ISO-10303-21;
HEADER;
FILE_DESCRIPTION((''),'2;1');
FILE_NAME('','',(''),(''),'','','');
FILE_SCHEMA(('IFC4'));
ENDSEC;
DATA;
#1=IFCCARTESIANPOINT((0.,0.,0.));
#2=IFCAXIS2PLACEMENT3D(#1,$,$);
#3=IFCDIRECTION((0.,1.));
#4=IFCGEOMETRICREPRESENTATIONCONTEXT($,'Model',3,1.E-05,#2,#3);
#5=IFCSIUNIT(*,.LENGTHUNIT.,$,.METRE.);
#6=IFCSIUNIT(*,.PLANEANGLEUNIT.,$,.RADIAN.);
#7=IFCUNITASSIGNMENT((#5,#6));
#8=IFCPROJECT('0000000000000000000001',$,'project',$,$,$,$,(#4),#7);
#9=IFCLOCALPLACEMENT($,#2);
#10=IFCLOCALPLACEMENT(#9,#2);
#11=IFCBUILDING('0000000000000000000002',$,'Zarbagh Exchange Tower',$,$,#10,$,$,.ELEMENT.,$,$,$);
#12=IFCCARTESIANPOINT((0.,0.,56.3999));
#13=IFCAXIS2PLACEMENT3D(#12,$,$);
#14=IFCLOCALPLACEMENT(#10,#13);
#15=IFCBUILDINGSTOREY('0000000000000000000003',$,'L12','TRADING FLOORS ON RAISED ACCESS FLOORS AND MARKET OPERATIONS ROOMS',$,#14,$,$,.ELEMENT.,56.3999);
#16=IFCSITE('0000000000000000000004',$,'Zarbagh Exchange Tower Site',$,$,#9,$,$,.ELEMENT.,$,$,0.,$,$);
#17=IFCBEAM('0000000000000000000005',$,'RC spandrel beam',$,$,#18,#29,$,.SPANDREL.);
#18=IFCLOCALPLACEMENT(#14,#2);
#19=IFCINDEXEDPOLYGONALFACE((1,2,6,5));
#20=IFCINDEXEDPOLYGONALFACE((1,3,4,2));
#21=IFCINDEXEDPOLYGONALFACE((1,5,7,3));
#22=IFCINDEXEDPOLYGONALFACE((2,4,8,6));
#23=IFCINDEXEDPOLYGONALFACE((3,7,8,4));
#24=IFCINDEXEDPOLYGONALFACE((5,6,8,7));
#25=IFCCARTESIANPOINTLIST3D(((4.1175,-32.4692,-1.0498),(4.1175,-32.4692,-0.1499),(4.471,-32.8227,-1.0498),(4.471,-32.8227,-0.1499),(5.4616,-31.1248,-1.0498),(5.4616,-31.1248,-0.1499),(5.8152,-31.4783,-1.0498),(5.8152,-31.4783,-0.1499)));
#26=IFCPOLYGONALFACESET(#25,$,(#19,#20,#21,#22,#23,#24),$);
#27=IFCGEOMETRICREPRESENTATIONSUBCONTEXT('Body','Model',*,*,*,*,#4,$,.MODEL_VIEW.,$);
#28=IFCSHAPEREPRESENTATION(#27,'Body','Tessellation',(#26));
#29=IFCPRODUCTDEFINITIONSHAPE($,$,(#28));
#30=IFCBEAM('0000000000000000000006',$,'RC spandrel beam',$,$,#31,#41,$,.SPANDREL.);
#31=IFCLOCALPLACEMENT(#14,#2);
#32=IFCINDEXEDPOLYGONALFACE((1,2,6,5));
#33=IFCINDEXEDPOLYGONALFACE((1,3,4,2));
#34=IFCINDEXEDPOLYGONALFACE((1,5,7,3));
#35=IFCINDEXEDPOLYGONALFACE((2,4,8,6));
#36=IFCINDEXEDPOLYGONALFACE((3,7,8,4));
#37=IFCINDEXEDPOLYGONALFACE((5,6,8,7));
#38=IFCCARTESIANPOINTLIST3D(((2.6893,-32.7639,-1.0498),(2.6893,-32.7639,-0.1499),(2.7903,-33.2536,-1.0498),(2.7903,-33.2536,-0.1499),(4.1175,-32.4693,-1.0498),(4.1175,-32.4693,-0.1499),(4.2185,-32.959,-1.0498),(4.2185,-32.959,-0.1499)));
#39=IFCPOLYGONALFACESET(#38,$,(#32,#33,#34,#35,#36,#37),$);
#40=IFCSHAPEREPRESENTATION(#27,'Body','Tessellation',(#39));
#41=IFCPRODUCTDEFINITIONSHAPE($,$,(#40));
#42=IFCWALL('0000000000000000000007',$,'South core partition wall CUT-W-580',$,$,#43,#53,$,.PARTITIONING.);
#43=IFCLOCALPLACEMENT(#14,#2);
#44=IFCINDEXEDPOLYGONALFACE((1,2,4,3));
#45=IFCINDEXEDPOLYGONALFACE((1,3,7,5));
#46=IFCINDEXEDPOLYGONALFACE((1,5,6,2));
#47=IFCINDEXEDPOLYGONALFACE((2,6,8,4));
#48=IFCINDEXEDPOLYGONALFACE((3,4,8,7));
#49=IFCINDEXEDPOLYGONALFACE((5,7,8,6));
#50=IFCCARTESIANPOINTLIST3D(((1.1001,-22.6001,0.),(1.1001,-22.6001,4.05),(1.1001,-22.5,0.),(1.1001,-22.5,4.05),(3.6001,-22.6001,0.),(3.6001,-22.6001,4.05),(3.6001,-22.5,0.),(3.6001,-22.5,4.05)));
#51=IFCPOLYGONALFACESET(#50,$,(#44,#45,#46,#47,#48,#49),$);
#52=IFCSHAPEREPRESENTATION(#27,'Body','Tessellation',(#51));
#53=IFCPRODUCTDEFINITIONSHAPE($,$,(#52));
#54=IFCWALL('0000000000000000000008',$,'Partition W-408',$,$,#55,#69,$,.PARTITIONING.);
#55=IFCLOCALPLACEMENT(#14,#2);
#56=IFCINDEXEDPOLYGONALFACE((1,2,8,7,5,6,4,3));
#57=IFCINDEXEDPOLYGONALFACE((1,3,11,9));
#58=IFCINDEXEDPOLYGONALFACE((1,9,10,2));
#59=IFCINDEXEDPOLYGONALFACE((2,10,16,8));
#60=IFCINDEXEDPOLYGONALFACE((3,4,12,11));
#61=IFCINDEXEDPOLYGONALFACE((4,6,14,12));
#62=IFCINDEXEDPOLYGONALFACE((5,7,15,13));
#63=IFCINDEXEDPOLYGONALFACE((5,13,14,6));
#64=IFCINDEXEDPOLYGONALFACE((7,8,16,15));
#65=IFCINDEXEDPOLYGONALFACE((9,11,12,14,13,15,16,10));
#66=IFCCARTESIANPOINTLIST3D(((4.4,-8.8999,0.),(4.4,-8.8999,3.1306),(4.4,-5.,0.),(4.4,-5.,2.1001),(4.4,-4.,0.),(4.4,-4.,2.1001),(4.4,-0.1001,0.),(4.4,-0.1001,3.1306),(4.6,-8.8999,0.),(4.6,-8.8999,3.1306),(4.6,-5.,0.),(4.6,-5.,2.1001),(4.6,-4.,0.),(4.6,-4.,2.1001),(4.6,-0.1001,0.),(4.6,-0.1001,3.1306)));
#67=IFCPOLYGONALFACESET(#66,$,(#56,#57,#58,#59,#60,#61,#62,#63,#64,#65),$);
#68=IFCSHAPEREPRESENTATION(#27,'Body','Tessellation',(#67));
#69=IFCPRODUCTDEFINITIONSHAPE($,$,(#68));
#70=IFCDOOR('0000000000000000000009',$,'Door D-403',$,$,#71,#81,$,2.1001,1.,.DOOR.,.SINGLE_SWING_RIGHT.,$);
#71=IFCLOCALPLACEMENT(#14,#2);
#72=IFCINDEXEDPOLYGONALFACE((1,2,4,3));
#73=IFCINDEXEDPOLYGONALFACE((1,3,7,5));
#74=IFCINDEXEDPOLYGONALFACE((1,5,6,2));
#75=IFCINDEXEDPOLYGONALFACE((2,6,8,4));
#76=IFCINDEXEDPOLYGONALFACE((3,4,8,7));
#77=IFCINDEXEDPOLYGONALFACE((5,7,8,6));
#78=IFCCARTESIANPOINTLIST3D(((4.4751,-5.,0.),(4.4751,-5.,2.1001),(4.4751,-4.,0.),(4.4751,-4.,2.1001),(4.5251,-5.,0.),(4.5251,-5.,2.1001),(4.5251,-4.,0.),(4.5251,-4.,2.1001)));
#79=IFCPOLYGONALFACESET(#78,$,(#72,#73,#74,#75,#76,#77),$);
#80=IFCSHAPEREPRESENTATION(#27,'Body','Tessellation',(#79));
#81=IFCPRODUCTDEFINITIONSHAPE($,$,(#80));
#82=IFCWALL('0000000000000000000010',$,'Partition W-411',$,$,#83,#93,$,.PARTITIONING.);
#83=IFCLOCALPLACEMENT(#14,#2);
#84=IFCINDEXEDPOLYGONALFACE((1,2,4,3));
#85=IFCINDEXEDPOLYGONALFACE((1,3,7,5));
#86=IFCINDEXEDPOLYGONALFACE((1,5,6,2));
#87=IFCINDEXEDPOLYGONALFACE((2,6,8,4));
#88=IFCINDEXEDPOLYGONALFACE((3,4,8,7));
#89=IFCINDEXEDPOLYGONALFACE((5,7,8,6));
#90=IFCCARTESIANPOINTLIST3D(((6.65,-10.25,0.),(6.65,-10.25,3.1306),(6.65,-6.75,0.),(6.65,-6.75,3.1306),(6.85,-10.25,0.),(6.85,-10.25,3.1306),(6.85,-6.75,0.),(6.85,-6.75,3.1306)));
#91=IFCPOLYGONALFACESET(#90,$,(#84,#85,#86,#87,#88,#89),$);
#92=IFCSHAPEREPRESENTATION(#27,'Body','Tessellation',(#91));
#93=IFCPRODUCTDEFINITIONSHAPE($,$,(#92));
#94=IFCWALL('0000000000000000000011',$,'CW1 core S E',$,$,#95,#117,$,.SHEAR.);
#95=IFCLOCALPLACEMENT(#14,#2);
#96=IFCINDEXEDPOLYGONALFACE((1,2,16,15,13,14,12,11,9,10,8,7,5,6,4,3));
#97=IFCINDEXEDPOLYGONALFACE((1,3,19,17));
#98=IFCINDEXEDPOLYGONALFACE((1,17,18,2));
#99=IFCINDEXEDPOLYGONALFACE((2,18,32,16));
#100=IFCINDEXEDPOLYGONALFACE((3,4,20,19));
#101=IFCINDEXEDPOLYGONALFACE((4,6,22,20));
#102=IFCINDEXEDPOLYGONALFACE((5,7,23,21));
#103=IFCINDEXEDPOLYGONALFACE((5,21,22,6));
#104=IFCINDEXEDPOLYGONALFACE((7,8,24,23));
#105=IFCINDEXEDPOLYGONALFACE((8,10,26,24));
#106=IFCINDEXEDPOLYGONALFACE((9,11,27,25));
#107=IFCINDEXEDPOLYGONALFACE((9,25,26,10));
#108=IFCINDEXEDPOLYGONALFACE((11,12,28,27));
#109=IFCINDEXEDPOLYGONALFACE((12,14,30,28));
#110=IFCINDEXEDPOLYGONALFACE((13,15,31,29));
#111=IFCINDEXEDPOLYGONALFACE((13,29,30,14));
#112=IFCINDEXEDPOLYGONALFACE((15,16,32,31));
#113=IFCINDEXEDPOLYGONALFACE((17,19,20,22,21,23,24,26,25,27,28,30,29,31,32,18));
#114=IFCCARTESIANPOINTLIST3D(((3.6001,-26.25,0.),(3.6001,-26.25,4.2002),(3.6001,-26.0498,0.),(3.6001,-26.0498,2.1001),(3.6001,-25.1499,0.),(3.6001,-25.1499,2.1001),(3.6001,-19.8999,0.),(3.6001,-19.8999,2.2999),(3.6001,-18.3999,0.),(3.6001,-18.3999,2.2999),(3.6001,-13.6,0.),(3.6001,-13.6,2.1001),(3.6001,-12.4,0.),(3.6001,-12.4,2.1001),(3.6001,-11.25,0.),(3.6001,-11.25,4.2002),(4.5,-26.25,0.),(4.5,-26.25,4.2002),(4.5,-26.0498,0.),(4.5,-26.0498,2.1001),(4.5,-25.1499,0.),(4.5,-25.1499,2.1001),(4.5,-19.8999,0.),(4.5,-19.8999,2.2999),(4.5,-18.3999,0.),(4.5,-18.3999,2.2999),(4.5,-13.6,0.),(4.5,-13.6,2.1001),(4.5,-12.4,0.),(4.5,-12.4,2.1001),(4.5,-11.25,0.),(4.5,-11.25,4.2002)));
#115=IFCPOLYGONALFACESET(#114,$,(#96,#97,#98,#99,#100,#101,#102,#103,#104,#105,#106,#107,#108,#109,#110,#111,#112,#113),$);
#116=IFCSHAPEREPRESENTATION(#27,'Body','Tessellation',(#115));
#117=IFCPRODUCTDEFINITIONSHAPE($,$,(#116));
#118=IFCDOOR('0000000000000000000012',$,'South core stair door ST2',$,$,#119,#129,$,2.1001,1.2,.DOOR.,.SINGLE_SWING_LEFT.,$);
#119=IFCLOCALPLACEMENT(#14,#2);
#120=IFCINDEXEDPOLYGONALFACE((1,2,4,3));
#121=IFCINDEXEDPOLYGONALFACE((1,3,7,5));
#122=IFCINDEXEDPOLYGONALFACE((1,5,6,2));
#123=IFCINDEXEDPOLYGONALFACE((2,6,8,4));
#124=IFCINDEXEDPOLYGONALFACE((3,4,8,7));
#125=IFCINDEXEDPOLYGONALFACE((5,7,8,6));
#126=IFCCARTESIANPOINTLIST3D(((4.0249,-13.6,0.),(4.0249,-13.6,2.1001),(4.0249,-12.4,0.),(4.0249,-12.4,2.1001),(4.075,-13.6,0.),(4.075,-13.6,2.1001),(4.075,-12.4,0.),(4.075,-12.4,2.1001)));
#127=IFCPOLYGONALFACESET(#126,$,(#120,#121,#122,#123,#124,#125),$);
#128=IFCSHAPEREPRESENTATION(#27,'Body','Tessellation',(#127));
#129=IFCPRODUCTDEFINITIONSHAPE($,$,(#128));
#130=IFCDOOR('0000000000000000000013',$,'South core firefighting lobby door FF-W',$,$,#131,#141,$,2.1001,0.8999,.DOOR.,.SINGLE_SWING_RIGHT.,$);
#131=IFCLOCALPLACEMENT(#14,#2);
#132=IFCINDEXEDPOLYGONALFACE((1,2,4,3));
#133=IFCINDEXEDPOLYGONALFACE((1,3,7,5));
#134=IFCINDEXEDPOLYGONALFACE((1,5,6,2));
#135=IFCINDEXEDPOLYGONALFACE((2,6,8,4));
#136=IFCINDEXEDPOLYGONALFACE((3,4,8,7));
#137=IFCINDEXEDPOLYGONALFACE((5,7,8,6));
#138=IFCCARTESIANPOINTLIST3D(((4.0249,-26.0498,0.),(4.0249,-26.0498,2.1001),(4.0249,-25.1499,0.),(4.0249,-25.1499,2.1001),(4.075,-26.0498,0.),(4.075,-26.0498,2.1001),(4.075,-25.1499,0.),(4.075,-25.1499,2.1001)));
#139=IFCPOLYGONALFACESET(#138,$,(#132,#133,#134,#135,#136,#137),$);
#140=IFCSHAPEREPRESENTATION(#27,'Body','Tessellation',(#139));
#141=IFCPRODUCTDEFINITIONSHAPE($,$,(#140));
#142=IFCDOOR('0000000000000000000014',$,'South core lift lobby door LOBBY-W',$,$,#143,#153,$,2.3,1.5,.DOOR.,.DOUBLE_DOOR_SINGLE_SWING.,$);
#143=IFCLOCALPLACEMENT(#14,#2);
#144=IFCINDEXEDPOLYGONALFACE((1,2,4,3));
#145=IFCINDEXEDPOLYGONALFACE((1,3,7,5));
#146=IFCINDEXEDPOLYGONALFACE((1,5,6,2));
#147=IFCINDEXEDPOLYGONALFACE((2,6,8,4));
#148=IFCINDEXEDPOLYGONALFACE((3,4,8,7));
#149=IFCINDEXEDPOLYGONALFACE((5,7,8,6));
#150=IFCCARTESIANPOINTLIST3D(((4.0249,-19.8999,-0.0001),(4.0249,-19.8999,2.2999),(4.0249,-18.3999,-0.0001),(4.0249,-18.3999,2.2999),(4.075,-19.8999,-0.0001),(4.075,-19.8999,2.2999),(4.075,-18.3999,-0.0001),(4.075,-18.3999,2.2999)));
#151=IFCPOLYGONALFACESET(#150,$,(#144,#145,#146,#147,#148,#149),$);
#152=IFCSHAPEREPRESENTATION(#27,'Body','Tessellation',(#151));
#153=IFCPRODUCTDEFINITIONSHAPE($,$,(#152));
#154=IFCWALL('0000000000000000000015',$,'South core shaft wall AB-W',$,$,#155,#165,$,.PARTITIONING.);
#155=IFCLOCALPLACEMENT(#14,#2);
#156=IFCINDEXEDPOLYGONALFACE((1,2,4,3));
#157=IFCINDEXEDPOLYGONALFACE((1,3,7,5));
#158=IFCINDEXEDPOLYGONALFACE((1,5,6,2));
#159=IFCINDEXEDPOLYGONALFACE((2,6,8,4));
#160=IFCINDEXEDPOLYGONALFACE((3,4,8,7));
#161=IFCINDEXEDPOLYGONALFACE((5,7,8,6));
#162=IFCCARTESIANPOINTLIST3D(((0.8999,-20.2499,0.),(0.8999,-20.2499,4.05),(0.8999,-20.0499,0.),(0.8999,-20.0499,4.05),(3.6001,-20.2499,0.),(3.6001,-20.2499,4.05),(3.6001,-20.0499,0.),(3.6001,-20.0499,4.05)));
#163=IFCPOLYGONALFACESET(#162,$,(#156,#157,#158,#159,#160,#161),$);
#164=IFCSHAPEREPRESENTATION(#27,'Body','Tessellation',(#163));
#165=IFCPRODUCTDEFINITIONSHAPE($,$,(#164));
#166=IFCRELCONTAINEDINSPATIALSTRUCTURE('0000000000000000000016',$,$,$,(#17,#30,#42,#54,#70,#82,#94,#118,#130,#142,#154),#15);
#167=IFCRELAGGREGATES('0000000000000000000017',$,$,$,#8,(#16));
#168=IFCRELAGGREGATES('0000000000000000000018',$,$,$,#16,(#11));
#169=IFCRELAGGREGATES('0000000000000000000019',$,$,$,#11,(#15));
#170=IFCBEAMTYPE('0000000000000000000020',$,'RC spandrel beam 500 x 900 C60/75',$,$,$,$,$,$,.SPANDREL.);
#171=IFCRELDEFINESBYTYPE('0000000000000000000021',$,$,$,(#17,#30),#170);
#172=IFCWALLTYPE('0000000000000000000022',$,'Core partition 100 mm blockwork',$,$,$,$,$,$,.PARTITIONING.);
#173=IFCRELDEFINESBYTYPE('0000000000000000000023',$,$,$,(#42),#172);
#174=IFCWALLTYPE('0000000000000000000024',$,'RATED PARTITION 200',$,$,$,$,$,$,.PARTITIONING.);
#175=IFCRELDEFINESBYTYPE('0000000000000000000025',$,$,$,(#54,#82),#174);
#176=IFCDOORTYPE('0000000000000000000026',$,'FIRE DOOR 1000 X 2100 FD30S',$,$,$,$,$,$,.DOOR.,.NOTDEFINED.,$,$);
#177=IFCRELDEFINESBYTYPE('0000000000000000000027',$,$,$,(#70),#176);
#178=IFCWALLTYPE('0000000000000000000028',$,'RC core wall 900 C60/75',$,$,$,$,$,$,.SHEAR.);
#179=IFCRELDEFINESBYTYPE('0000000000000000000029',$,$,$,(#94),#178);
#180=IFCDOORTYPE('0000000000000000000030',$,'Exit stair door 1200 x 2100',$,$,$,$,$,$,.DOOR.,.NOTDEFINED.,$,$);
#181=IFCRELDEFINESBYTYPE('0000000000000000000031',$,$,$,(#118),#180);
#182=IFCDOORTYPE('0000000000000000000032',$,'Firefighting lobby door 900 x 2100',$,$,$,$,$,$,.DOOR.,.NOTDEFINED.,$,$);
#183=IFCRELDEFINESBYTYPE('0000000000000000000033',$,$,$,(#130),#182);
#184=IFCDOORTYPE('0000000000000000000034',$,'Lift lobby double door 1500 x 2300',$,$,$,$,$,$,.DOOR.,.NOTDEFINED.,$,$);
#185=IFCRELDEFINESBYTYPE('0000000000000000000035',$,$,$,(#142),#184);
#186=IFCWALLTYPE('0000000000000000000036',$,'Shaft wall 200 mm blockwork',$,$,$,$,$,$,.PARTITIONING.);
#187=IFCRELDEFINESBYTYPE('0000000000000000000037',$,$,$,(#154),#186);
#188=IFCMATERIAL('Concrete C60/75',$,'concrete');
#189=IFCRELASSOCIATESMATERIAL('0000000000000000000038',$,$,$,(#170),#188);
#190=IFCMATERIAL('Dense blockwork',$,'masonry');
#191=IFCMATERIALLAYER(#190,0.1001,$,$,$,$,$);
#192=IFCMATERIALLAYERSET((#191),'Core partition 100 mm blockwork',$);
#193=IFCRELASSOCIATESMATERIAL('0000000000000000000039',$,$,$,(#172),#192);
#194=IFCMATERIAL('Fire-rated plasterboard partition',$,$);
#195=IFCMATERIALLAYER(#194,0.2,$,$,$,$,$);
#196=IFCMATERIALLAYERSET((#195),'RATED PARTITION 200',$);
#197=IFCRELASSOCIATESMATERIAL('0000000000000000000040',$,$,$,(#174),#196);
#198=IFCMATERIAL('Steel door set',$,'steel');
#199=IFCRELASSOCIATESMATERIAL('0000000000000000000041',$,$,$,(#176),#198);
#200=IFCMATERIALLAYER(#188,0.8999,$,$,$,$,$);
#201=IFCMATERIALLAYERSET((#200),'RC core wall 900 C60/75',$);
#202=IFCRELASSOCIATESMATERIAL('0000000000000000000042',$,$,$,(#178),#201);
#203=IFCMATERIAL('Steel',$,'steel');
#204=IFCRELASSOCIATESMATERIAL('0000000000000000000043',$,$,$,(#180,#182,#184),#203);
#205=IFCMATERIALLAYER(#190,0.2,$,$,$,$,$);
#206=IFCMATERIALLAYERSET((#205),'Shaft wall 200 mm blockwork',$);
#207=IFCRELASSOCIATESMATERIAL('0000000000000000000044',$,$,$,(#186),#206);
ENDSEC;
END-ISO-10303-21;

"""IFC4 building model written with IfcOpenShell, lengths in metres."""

from ifc_helpers import new_model, si_unit, direction, frame, frame_2d, origin, origin_2d, place, context, subcontext, project, spatial, rectangle, extrude, material, layer, layer_set, material_profile, profile_set, type_object, element, fill, save


model = new_model("IFC4")

# Units and contexts
model_context = context("Model", 3, precision=1e-05, world=origin(), true_north=direction((0.0, 1.0)))
body_context = subcontext(model_context, "Body", "Model", "MODEL_VIEW")
ifc_project = project(units=[si_unit("LENGTHUNIT", "METRE"), si_unit("PLANEANGLEUNIT", "RADIAN")], contexts=[model_context])

# Site, building, storey
site_placement = place(None, origin())
site = spatial("IfcSite", under=ifc_project, at=site_placement, Name="Zarbagh Exchange Tower Site", CompositionType="ELEMENT", RefElevation=0.0)
building_placement = place(site_placement, origin())
building = spatial("IfcBuilding", under=site, at=building_placement, Name="Zarbagh Exchange Tower", CompositionType="ELEMENT")
storey_placement = place(building_placement, frame((0.0, 0.0, 56.3999)))
storey = spatial("IfcBuildingStorey", under=building, at=storey_placement, Name="L12", Description="TRADING FLOORS ON RAISED ACCESS FLOORS AND MARKET OPERATIONS ROOMS", CompositionType="ELEMENT", Elevation=56.3999)

# Shared definitions
ifc_material_1 = material(Name="Concrete C60/75", Category="concrete")

# Beams
ifc_material_profile_1 = material_profile(ifc_material_1, rectangle(XDim=0.5, YDim=0.8999, at=origin_2d()), Name="RC spandrel beam 500 x 900 C60/75")
ifc_profile_set_1 = profile_set([ifc_material_profile_1], Name="Concrete C60/75")
beam_type_1 = type_object("IfcBeamType", Name="RC spandrel beam 500 x 900 C60/75", PredefinedType="SPANDREL", material=ifc_profile_set_1)
beam_1_placement = place(storey_placement, frame((5.6384, -31.3015, -0.5999), z_axis=(-0.707043, -0.707171, 0.0), x_axis=(0.707171, -0.707043, 0.0)))
element("IfcBeam", 1, at=beam_1_placement, inside=storey, type_object=beam_type_1, Name="RC spandrel beam", PredefinedType="SPANDREL", context=body_context, shape_type="SweptSolid", body=[
    extrude(rectangle(XDim=0.5, YDim=0.8999, at=origin_2d()), origin(), (0.0, 0.0, 1.0), 1.9011),
])
beam_2_placement = place(storey_placement, frame((4.168, -32.7141, -0.5999), z_axis=(-0.979371, -0.202069, 0.0), x_axis=(0.202069, -0.979371, 0.0)))
element("IfcBeam", 2, at=beam_2_placement, inside=storey, type_object=beam_type_1, Name="RC spandrel beam", PredefinedType="SPANDREL", context=body_context, shape_type="SweptSolid", body=[
    extrude(rectangle(XDim=0.5, YDim=0.8999, at=origin_2d()), origin(), (0.0, 0.0, 1.0), 1.4583),
])

# Wall
ifc_material_2 = material(Name="Dense blockwork", Category="masonry")
ifc_layer_1 = layer(ifc_material_2, 0.1001)
ifc_layer_set_1 = layer_set([ifc_layer_1], Name="Core partition 100 mm blockwork")
wall_type_1 = type_object("IfcWallType", Name="Core partition 100 mm blockwork", PredefinedType="PARTITIONING", material=ifc_layer_set_1)
wall_1_placement = place(storey_placement, frame((3.6001, -22.55, 0.0), z_axis=(0.0, 0.0, 1.0), x_axis=(-1.0, 0.0, 0.0)))
element("IfcWall", 3, at=wall_1_placement, inside=storey, type_object=wall_type_1, Name="South core partition wall CUT-W-580", PredefinedType="PARTITIONING", context=body_context, shape_type="SweptSolid", body=[
    extrude(rectangle(XDim=2.5, YDim=0.1001, at=frame_2d((1.25, 0.0))), origin(), (0.0, 0.0, 1.0), 4.05),
])

# Wall, opening, door
ifc_material_3 = material(Name="Fire-rated plasterboard partition")
ifc_layer_2 = layer(ifc_material_3, 0.2)
ifc_layer_set_2 = layer_set([ifc_layer_2], Name="RATED PARTITION 200")
wall_type_2 = type_object("IfcWallType", Name="RATED PARTITION 200", PredefinedType="PARTITIONING", material=ifc_layer_set_2)
wall_2_placement = place(storey_placement, frame((4.5, -8.8999, 0.0), z_axis=(0.0, 0.0, 1.0), x_axis=(0.0, 1.0, 0.0)))
wall_2 = element("IfcWall", 4, at=wall_2_placement, inside=storey, type_object=wall_type_2, Name="Partition W-408", PredefinedType="PARTITIONING", context=body_context, shape_type="SweptSolid", body=[
    extrude(rectangle(XDim=8.7998, YDim=0.2, at=frame_2d((4.3999, 0.0))), origin(), (0.0, 0.0, 1.0), 3.1306),
])
opening_1_placement = place(wall_2_placement, frame((3.8999, 0.0, 0.0)))
opening_1 = element("IfcOpeningElement", 5, at=opening_1_placement, cuts=wall_2, PredefinedType="OPENING", context=body_context, shape_type="SweptSolid", body=[
    extrude(rectangle(XDim=1.0, YDim=2.1001, at=frame_2d((0.5, 1.05))), frame((0.0, 0.1099, 0.0), z_axis=(0.0, -1.0, 0.0), x_axis=(1.0, 0.0, 0.0)), (0.0, 0.0, 1.0), 0.22),
])
ifc_material_4 = material(Name="Steel door set", Category="steel")
door_type_1 = type_object("IfcDoorType", Name="FIRE DOOR 1000 X 2100 FD30S", OperationType="NOTDEFINED", PredefinedType="DOOR", material=ifc_material_4)
door_1_placement = place(opening_1_placement, origin())
door_1 = element("IfcDoor", 6, at=door_1_placement, inside=storey, type_object=door_type_1, Name="Door D-403", OperationType="SINGLE_SWING_RIGHT", OverallHeight=2.1001, OverallWidth=1.0, PredefinedType="DOOR", context=body_context, shape_type="SweptSolid", body=[
    extrude(rectangle(XDim=1.0, YDim=2.1001, at=frame_2d((0.5, 1.05))), frame((0.0, 0.0249, 0.0), z_axis=(0.0, -1.0, 0.0), x_axis=(1.0, 0.0, 0.0)), (0.0, 0.0, 1.0), 0.05),
])
fill(opening_1, door_1)

# Wall
wall_3_placement = place(storey_placement, frame((6.75, -10.25, 0.0), z_axis=(0.0, 0.0, 1.0), x_axis=(0.0, 1.0, 0.0)))
element("IfcWall", 7, at=wall_3_placement, inside=storey, type_object=wall_type_2, Name="Partition W-411", PredefinedType="PARTITIONING", context=body_context, shape_type="SweptSolid", body=[
    extrude(rectangle(XDim=3.5, YDim=0.2, at=frame_2d((1.75, 0.0))), origin(), (0.0, 0.0, 1.0), 3.1306),
])

# Wall, openings, doors
ifc_layer_3 = layer(ifc_material_1, 0.8999)
ifc_layer_set_3 = layer_set([ifc_layer_3], Name="RC core wall 900 C60/75")
wall_type_3 = type_object("IfcWallType", Name="RC core wall 900 C60/75", PredefinedType="SHEAR", material=ifc_layer_set_3)
wall_4_placement = place(storey_placement, frame((4.05, -11.25, 0.0), z_axis=(0.0, 0.0, 1.0), x_axis=(0.0, -1.0, 0.0)))
wall_4 = element("IfcWall", 8, at=wall_4_placement, inside=storey, type_object=wall_type_3, Name="CW1 core S E", PredefinedType="SHEAR", context=body_context, shape_type="SweptSolid", body=[
    extrude(rectangle(XDim=15.0, YDim=0.8999, at=frame_2d((7.5, 0.0))), origin(), (0.0, 0.0, 1.0), 4.2002),
])
opening_2_placement = place(wall_4_placement, frame((7.1499, 0.0, 0.0)))
opening_2 = element("IfcOpeningElement", 9, at=opening_2_placement, cuts=wall_4, PredefinedType="OPENING", context=body_context, shape_type="SweptSolid", body=[
    extrude(rectangle(XDim=1.5, YDim=2.3, at=frame_2d((0.75, 1.1499))), frame((0.0, 0.46, 0.0), z_axis=(0.0, -1.0, 0.0), x_axis=(1.0, 0.0, 0.0)), (0.0, 0.0, 1.0), 0.9199),
])
opening_3_placement = place(wall_4_placement, frame((13.8999, 0.0, 0.0)))
opening_3 = element("IfcOpeningElement", 10, at=opening_3_placement, cuts=wall_4, PredefinedType="OPENING", context=body_context, shape_type="SweptSolid", body=[
    extrude(rectangle(XDim=0.8999, YDim=2.1001, at=frame_2d((0.45, 1.05))), frame((0.0, 0.46, 0.0), z_axis=(0.0, -1.0, 0.0), x_axis=(1.0, 0.0, 0.0)), (0.0, 0.0, 1.0), 0.9199),
])
opening_4_placement = place(wall_4_placement, frame((1.1499, 0.0, 0.0)))
opening_4 = element("IfcOpeningElement", 11, at=opening_4_placement, cuts=wall_4, PredefinedType="OPENING", context=body_context, shape_type="SweptSolid", body=[
    extrude(rectangle(XDim=1.2, YDim=2.1001, at=frame_2d((0.6001, 1.05))), frame((0.0, 0.46, 0.0), z_axis=(0.0, -1.0, 0.0), x_axis=(1.0, 0.0, 0.0)), (0.0, 0.0, 1.0), 0.9199),
])
ifc_material_5 = material(Name="Steel", Category="steel")
door_type_2 = type_object("IfcDoorType", Name="Exit stair door 1200 x 2100", OperationType="NOTDEFINED", PredefinedType="DOOR", material=ifc_material_5)
door_2_placement = place(opening_4_placement, origin())
door_2 = element("IfcDoor", 12, at=door_2_placement, inside=storey, type_object=door_type_2, Name="South core stair door ST2", OperationType="SINGLE_SWING_LEFT", OverallHeight=2.1001, OverallWidth=1.2, PredefinedType="DOOR", context=body_context, shape_type="SweptSolid", body=[
    extrude(rectangle(XDim=1.2, YDim=2.1001, at=frame_2d((0.6001, 1.05))), frame((0.0, 0.0249, 0.0), z_axis=(0.0, -1.0, 0.0), x_axis=(1.0, 0.0, 0.0)), (0.0, 0.0, 1.0), 0.05),
])
fill(opening_4, door_2)
door_type_3 = type_object("IfcDoorType", Name="Firefighting lobby door 900 x 2100", OperationType="NOTDEFINED", PredefinedType="DOOR", material=ifc_material_5)
door_3_placement = place(opening_3_placement, origin())
door_3 = element("IfcDoor", 13, at=door_3_placement, inside=storey, type_object=door_type_3, Name="South core firefighting lobby door FF-W", OperationType="SINGLE_SWING_RIGHT", OverallHeight=2.1001, OverallWidth=0.8999, PredefinedType="DOOR", context=body_context, shape_type="SweptSolid", body=[
    extrude(rectangle(XDim=0.8999, YDim=2.1001, at=frame_2d((0.45, 1.05))), frame((0.0, 0.0249, 0.0), z_axis=(0.0, -1.0, 0.0), x_axis=(1.0, 0.0, 0.0)), (0.0, 0.0, 1.0), 0.05),
])
fill(opening_3, door_3)
door_type_4 = type_object("IfcDoorType", Name="Lift lobby double door 1500 x 2300", OperationType="NOTDEFINED", PredefinedType="DOOR", material=ifc_material_5)
door_4_placement = place(opening_2_placement, origin())
door_4 = element("IfcDoor", 14, at=door_4_placement, inside=storey, type_object=door_type_4, Name="South core lift lobby door LOBBY-W", OperationType="DOUBLE_DOOR_SINGLE_SWING", OverallHeight=2.3, OverallWidth=1.5, PredefinedType="DOOR", context=body_context, shape_type="SweptSolid", body=[
    extrude(rectangle(XDim=1.5, YDim=2.3, at=frame_2d((0.75, 1.1499))), frame((0.0, 0.0249, 0.0), z_axis=(0.0, -1.0, 0.0), x_axis=(1.0, 0.0, 0.0)), (0.0, 0.0, 1.0), 0.05),
])
fill(opening_2, door_4)

# Wall
ifc_layer_4 = layer(ifc_material_2, 0.2)
ifc_layer_set_4 = layer_set([ifc_layer_4], Name="Shaft wall 200 mm blockwork")
wall_type_4 = type_object("IfcWallType", Name="Shaft wall 200 mm blockwork", PredefinedType="PARTITIONING", material=ifc_layer_set_4)
wall_5_placement = place(storey_placement, frame((3.6001, -20.1499, 0.0), z_axis=(0.0, 0.0, 1.0), x_axis=(-1.0, 0.0, 0.0)))
element("IfcWall", 15, at=wall_5_placement, inside=storey, type_object=wall_type_4, Name="South core shaft wall AB-W", PredefinedType="PARTITIONING", context=body_context, shape_type="SweptSolid", body=[
    extrude(rectangle(XDim=2.7002, YDim=0.2, at=frame_2d((1.3501, 0.0))), origin(), (0.0, 0.0, 1.0), 4.05),
])

save(model, "model.ifc")
